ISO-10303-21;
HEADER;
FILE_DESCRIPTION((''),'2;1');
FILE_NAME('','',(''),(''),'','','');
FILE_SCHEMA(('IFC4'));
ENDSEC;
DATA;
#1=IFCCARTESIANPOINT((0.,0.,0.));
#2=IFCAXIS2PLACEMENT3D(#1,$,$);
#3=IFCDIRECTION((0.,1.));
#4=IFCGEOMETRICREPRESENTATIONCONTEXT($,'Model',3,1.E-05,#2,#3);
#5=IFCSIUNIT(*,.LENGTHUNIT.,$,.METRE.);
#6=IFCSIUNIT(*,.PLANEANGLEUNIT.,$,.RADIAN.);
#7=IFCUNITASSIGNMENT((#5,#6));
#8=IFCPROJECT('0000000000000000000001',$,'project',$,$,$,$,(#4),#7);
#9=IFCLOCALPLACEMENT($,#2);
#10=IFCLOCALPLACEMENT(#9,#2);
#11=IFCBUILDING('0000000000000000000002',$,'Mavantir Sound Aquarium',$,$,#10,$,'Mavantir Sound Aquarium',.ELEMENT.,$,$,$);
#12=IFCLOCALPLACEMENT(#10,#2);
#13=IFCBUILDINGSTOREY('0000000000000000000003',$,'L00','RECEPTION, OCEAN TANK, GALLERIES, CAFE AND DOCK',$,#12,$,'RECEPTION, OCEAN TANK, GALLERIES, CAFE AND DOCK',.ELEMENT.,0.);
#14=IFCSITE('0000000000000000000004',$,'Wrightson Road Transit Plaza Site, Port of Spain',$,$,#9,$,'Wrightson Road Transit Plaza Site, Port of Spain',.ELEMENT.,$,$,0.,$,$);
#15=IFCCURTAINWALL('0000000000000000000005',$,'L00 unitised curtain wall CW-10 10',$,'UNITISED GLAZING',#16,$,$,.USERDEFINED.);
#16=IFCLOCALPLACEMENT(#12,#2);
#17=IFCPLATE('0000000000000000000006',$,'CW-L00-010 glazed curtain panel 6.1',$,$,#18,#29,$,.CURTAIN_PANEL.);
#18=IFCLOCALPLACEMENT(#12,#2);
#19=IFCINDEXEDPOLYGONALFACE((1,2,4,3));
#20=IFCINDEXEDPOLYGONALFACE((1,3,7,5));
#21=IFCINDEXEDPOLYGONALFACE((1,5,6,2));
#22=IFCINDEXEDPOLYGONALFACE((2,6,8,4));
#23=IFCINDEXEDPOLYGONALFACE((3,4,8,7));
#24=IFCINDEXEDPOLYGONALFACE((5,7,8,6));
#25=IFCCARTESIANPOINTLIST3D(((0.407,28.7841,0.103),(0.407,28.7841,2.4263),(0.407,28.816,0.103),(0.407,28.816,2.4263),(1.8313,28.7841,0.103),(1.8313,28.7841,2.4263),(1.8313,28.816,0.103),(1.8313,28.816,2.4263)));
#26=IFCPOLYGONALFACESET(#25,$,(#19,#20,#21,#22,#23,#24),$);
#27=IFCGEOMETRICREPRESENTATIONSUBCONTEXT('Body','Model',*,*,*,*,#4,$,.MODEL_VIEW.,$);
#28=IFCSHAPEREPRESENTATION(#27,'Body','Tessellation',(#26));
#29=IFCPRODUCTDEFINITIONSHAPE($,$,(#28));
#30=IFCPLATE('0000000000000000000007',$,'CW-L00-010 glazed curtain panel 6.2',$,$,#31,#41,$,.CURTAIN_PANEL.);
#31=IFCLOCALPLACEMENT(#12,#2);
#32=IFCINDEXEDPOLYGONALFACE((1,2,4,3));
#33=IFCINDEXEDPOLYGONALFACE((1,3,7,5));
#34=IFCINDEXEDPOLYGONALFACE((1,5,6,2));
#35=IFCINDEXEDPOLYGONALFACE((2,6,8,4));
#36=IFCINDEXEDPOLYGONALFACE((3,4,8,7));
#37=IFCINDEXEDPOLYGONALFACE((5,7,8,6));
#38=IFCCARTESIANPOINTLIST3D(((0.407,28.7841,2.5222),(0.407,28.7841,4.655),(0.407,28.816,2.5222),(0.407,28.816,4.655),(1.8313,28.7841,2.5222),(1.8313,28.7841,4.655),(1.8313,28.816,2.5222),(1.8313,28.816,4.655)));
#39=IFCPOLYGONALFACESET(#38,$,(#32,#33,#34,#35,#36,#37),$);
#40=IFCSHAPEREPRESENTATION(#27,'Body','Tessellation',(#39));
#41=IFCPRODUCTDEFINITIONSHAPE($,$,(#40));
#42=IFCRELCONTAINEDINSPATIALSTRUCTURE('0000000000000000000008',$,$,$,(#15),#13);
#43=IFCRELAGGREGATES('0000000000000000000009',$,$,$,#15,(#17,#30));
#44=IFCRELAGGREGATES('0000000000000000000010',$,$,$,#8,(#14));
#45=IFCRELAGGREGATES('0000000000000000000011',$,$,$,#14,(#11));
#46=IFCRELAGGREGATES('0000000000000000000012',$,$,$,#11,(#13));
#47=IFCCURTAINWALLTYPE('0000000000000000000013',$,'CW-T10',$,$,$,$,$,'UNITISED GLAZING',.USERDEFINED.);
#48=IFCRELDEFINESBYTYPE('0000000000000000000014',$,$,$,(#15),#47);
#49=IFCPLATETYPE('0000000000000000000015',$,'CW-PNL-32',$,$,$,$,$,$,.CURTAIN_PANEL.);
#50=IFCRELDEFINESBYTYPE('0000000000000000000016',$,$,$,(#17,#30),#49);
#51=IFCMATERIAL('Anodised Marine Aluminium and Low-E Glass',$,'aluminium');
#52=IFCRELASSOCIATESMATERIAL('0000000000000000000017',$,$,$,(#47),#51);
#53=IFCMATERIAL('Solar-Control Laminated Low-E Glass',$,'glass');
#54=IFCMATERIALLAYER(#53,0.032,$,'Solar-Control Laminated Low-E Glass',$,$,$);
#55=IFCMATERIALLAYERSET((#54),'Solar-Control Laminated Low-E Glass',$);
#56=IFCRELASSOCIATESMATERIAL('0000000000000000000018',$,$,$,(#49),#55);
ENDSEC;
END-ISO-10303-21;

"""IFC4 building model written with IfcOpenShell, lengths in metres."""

from ifc_helpers import new_model, si_unit, direction, frame, origin, origin_2d, place, context, subcontext, project, spatial, rectangle, extrude, material, layer, layer_set, type_object, element, aggregate, save


model = new_model("IFC4")

# Units and contexts
model_context = context("Model", 3, precision=1e-05, world=origin(), true_north=direction((0.0, 1.0)))
body_context = subcontext(model_context, "Body", "Model", "MODEL_VIEW")
ifc_project = project(units=[si_unit("LENGTHUNIT", "METRE"), si_unit("PLANEANGLEUNIT", "RADIAN")], contexts=[model_context])

# Site, building, storey
site_placement = place(None, origin())
site = spatial("IfcSite", under=ifc_project, at=site_placement, Name="Wrightson Road Transit Plaza Site, Port of Spain", LongName="Wrightson Road Transit Plaza Site, Port of Spain", CompositionType="ELEMENT", RefElevation=0.0)
building_placement = place(site_placement, origin())
building = spatial("IfcBuilding", under=site, at=building_placement, Name="Mavantir Sound Aquarium", LongName="Mavantir Sound Aquarium", CompositionType="ELEMENT")
storey_placement = place(building_placement, origin())
storey = spatial("IfcBuildingStorey", under=building, at=storey_placement, Name="L00", Description="RECEPTION, OCEAN TANK, GALLERIES, CAFE AND DOCK", LongName="RECEPTION, OCEAN TANK, GALLERIES, CAFE AND DOCK", CompositionType="ELEMENT", Elevation=0.0)

# Curtain wall, plates
ifc_material_1 = material(Name="Anodised Marine Aluminium and Low-E Glass", Category="aluminium")
curtain_wall_type = type_object("IfcCurtainWallType", Name="CW-T10", ElementType="UNITISED GLAZING", PredefinedType="USERDEFINED", material=ifc_material_1)
curtain_wall_placement = place(storey_placement, origin())
curtain_wall = element("IfcCurtainWall", 1, at=curtain_wall_placement, inside=storey, type_object=curtain_wall_type, Name="L00 unitised curtain wall CW-10 10", ObjectType="UNITISED GLAZING", PredefinedType="USERDEFINED")
ifc_material_2 = material(Name="Solar-Control Laminated Low-E Glass", Category="glass")
ifc_layer = layer(ifc_material_2, 0.032, Name="Solar-Control Laminated Low-E Glass")
ifc_layer_set = layer_set([ifc_layer], Name="Solar-Control Laminated Low-E Glass")
plate_type = type_object("IfcPlateType", Name="CW-PNL-32", PredefinedType="CURTAIN_PANEL", material=ifc_layer_set)
plate_1_placement = place(storey_placement, frame((1.1191, 28.8, 0.103), z_axis=(0.0, 0.0, 1.0), x_axis=(-1.0, 0.0, 0.0)))
plate_1 = element("IfcPlate", 2, at=plate_1_placement, type_object=plate_type, Name="CW-L00-010 glazed curtain panel 6.1", PredefinedType="CURTAIN_PANEL", context=body_context, shape_type="SweptSolid", body=[
    extrude(rectangle(XDim=1.4243, YDim=0.032, at=origin_2d()), origin(), (0.0, 0.0, 1.0), 2.3232),
])
plate_2_placement = place(storey_placement, frame((1.1191, 28.8, 2.5222), z_axis=(0.0, 0.0, 1.0), x_axis=(-1.0, 0.0, 0.0)))
plate_2 = element("IfcPlate", 3, at=plate_2_placement, type_object=plate_type, Name="CW-L00-010 glazed curtain panel 6.2", PredefinedType="CURTAIN_PANEL", context=body_context, shape_type="SweptSolid", body=[
    extrude(rectangle(XDim=1.4243, YDim=0.032, at=origin_2d()), origin(), (0.0, 0.0, 1.0), 2.1328),
])
aggregate(curtain_wall, [plate_1, plate_2])

save(model, "model.ifc")
